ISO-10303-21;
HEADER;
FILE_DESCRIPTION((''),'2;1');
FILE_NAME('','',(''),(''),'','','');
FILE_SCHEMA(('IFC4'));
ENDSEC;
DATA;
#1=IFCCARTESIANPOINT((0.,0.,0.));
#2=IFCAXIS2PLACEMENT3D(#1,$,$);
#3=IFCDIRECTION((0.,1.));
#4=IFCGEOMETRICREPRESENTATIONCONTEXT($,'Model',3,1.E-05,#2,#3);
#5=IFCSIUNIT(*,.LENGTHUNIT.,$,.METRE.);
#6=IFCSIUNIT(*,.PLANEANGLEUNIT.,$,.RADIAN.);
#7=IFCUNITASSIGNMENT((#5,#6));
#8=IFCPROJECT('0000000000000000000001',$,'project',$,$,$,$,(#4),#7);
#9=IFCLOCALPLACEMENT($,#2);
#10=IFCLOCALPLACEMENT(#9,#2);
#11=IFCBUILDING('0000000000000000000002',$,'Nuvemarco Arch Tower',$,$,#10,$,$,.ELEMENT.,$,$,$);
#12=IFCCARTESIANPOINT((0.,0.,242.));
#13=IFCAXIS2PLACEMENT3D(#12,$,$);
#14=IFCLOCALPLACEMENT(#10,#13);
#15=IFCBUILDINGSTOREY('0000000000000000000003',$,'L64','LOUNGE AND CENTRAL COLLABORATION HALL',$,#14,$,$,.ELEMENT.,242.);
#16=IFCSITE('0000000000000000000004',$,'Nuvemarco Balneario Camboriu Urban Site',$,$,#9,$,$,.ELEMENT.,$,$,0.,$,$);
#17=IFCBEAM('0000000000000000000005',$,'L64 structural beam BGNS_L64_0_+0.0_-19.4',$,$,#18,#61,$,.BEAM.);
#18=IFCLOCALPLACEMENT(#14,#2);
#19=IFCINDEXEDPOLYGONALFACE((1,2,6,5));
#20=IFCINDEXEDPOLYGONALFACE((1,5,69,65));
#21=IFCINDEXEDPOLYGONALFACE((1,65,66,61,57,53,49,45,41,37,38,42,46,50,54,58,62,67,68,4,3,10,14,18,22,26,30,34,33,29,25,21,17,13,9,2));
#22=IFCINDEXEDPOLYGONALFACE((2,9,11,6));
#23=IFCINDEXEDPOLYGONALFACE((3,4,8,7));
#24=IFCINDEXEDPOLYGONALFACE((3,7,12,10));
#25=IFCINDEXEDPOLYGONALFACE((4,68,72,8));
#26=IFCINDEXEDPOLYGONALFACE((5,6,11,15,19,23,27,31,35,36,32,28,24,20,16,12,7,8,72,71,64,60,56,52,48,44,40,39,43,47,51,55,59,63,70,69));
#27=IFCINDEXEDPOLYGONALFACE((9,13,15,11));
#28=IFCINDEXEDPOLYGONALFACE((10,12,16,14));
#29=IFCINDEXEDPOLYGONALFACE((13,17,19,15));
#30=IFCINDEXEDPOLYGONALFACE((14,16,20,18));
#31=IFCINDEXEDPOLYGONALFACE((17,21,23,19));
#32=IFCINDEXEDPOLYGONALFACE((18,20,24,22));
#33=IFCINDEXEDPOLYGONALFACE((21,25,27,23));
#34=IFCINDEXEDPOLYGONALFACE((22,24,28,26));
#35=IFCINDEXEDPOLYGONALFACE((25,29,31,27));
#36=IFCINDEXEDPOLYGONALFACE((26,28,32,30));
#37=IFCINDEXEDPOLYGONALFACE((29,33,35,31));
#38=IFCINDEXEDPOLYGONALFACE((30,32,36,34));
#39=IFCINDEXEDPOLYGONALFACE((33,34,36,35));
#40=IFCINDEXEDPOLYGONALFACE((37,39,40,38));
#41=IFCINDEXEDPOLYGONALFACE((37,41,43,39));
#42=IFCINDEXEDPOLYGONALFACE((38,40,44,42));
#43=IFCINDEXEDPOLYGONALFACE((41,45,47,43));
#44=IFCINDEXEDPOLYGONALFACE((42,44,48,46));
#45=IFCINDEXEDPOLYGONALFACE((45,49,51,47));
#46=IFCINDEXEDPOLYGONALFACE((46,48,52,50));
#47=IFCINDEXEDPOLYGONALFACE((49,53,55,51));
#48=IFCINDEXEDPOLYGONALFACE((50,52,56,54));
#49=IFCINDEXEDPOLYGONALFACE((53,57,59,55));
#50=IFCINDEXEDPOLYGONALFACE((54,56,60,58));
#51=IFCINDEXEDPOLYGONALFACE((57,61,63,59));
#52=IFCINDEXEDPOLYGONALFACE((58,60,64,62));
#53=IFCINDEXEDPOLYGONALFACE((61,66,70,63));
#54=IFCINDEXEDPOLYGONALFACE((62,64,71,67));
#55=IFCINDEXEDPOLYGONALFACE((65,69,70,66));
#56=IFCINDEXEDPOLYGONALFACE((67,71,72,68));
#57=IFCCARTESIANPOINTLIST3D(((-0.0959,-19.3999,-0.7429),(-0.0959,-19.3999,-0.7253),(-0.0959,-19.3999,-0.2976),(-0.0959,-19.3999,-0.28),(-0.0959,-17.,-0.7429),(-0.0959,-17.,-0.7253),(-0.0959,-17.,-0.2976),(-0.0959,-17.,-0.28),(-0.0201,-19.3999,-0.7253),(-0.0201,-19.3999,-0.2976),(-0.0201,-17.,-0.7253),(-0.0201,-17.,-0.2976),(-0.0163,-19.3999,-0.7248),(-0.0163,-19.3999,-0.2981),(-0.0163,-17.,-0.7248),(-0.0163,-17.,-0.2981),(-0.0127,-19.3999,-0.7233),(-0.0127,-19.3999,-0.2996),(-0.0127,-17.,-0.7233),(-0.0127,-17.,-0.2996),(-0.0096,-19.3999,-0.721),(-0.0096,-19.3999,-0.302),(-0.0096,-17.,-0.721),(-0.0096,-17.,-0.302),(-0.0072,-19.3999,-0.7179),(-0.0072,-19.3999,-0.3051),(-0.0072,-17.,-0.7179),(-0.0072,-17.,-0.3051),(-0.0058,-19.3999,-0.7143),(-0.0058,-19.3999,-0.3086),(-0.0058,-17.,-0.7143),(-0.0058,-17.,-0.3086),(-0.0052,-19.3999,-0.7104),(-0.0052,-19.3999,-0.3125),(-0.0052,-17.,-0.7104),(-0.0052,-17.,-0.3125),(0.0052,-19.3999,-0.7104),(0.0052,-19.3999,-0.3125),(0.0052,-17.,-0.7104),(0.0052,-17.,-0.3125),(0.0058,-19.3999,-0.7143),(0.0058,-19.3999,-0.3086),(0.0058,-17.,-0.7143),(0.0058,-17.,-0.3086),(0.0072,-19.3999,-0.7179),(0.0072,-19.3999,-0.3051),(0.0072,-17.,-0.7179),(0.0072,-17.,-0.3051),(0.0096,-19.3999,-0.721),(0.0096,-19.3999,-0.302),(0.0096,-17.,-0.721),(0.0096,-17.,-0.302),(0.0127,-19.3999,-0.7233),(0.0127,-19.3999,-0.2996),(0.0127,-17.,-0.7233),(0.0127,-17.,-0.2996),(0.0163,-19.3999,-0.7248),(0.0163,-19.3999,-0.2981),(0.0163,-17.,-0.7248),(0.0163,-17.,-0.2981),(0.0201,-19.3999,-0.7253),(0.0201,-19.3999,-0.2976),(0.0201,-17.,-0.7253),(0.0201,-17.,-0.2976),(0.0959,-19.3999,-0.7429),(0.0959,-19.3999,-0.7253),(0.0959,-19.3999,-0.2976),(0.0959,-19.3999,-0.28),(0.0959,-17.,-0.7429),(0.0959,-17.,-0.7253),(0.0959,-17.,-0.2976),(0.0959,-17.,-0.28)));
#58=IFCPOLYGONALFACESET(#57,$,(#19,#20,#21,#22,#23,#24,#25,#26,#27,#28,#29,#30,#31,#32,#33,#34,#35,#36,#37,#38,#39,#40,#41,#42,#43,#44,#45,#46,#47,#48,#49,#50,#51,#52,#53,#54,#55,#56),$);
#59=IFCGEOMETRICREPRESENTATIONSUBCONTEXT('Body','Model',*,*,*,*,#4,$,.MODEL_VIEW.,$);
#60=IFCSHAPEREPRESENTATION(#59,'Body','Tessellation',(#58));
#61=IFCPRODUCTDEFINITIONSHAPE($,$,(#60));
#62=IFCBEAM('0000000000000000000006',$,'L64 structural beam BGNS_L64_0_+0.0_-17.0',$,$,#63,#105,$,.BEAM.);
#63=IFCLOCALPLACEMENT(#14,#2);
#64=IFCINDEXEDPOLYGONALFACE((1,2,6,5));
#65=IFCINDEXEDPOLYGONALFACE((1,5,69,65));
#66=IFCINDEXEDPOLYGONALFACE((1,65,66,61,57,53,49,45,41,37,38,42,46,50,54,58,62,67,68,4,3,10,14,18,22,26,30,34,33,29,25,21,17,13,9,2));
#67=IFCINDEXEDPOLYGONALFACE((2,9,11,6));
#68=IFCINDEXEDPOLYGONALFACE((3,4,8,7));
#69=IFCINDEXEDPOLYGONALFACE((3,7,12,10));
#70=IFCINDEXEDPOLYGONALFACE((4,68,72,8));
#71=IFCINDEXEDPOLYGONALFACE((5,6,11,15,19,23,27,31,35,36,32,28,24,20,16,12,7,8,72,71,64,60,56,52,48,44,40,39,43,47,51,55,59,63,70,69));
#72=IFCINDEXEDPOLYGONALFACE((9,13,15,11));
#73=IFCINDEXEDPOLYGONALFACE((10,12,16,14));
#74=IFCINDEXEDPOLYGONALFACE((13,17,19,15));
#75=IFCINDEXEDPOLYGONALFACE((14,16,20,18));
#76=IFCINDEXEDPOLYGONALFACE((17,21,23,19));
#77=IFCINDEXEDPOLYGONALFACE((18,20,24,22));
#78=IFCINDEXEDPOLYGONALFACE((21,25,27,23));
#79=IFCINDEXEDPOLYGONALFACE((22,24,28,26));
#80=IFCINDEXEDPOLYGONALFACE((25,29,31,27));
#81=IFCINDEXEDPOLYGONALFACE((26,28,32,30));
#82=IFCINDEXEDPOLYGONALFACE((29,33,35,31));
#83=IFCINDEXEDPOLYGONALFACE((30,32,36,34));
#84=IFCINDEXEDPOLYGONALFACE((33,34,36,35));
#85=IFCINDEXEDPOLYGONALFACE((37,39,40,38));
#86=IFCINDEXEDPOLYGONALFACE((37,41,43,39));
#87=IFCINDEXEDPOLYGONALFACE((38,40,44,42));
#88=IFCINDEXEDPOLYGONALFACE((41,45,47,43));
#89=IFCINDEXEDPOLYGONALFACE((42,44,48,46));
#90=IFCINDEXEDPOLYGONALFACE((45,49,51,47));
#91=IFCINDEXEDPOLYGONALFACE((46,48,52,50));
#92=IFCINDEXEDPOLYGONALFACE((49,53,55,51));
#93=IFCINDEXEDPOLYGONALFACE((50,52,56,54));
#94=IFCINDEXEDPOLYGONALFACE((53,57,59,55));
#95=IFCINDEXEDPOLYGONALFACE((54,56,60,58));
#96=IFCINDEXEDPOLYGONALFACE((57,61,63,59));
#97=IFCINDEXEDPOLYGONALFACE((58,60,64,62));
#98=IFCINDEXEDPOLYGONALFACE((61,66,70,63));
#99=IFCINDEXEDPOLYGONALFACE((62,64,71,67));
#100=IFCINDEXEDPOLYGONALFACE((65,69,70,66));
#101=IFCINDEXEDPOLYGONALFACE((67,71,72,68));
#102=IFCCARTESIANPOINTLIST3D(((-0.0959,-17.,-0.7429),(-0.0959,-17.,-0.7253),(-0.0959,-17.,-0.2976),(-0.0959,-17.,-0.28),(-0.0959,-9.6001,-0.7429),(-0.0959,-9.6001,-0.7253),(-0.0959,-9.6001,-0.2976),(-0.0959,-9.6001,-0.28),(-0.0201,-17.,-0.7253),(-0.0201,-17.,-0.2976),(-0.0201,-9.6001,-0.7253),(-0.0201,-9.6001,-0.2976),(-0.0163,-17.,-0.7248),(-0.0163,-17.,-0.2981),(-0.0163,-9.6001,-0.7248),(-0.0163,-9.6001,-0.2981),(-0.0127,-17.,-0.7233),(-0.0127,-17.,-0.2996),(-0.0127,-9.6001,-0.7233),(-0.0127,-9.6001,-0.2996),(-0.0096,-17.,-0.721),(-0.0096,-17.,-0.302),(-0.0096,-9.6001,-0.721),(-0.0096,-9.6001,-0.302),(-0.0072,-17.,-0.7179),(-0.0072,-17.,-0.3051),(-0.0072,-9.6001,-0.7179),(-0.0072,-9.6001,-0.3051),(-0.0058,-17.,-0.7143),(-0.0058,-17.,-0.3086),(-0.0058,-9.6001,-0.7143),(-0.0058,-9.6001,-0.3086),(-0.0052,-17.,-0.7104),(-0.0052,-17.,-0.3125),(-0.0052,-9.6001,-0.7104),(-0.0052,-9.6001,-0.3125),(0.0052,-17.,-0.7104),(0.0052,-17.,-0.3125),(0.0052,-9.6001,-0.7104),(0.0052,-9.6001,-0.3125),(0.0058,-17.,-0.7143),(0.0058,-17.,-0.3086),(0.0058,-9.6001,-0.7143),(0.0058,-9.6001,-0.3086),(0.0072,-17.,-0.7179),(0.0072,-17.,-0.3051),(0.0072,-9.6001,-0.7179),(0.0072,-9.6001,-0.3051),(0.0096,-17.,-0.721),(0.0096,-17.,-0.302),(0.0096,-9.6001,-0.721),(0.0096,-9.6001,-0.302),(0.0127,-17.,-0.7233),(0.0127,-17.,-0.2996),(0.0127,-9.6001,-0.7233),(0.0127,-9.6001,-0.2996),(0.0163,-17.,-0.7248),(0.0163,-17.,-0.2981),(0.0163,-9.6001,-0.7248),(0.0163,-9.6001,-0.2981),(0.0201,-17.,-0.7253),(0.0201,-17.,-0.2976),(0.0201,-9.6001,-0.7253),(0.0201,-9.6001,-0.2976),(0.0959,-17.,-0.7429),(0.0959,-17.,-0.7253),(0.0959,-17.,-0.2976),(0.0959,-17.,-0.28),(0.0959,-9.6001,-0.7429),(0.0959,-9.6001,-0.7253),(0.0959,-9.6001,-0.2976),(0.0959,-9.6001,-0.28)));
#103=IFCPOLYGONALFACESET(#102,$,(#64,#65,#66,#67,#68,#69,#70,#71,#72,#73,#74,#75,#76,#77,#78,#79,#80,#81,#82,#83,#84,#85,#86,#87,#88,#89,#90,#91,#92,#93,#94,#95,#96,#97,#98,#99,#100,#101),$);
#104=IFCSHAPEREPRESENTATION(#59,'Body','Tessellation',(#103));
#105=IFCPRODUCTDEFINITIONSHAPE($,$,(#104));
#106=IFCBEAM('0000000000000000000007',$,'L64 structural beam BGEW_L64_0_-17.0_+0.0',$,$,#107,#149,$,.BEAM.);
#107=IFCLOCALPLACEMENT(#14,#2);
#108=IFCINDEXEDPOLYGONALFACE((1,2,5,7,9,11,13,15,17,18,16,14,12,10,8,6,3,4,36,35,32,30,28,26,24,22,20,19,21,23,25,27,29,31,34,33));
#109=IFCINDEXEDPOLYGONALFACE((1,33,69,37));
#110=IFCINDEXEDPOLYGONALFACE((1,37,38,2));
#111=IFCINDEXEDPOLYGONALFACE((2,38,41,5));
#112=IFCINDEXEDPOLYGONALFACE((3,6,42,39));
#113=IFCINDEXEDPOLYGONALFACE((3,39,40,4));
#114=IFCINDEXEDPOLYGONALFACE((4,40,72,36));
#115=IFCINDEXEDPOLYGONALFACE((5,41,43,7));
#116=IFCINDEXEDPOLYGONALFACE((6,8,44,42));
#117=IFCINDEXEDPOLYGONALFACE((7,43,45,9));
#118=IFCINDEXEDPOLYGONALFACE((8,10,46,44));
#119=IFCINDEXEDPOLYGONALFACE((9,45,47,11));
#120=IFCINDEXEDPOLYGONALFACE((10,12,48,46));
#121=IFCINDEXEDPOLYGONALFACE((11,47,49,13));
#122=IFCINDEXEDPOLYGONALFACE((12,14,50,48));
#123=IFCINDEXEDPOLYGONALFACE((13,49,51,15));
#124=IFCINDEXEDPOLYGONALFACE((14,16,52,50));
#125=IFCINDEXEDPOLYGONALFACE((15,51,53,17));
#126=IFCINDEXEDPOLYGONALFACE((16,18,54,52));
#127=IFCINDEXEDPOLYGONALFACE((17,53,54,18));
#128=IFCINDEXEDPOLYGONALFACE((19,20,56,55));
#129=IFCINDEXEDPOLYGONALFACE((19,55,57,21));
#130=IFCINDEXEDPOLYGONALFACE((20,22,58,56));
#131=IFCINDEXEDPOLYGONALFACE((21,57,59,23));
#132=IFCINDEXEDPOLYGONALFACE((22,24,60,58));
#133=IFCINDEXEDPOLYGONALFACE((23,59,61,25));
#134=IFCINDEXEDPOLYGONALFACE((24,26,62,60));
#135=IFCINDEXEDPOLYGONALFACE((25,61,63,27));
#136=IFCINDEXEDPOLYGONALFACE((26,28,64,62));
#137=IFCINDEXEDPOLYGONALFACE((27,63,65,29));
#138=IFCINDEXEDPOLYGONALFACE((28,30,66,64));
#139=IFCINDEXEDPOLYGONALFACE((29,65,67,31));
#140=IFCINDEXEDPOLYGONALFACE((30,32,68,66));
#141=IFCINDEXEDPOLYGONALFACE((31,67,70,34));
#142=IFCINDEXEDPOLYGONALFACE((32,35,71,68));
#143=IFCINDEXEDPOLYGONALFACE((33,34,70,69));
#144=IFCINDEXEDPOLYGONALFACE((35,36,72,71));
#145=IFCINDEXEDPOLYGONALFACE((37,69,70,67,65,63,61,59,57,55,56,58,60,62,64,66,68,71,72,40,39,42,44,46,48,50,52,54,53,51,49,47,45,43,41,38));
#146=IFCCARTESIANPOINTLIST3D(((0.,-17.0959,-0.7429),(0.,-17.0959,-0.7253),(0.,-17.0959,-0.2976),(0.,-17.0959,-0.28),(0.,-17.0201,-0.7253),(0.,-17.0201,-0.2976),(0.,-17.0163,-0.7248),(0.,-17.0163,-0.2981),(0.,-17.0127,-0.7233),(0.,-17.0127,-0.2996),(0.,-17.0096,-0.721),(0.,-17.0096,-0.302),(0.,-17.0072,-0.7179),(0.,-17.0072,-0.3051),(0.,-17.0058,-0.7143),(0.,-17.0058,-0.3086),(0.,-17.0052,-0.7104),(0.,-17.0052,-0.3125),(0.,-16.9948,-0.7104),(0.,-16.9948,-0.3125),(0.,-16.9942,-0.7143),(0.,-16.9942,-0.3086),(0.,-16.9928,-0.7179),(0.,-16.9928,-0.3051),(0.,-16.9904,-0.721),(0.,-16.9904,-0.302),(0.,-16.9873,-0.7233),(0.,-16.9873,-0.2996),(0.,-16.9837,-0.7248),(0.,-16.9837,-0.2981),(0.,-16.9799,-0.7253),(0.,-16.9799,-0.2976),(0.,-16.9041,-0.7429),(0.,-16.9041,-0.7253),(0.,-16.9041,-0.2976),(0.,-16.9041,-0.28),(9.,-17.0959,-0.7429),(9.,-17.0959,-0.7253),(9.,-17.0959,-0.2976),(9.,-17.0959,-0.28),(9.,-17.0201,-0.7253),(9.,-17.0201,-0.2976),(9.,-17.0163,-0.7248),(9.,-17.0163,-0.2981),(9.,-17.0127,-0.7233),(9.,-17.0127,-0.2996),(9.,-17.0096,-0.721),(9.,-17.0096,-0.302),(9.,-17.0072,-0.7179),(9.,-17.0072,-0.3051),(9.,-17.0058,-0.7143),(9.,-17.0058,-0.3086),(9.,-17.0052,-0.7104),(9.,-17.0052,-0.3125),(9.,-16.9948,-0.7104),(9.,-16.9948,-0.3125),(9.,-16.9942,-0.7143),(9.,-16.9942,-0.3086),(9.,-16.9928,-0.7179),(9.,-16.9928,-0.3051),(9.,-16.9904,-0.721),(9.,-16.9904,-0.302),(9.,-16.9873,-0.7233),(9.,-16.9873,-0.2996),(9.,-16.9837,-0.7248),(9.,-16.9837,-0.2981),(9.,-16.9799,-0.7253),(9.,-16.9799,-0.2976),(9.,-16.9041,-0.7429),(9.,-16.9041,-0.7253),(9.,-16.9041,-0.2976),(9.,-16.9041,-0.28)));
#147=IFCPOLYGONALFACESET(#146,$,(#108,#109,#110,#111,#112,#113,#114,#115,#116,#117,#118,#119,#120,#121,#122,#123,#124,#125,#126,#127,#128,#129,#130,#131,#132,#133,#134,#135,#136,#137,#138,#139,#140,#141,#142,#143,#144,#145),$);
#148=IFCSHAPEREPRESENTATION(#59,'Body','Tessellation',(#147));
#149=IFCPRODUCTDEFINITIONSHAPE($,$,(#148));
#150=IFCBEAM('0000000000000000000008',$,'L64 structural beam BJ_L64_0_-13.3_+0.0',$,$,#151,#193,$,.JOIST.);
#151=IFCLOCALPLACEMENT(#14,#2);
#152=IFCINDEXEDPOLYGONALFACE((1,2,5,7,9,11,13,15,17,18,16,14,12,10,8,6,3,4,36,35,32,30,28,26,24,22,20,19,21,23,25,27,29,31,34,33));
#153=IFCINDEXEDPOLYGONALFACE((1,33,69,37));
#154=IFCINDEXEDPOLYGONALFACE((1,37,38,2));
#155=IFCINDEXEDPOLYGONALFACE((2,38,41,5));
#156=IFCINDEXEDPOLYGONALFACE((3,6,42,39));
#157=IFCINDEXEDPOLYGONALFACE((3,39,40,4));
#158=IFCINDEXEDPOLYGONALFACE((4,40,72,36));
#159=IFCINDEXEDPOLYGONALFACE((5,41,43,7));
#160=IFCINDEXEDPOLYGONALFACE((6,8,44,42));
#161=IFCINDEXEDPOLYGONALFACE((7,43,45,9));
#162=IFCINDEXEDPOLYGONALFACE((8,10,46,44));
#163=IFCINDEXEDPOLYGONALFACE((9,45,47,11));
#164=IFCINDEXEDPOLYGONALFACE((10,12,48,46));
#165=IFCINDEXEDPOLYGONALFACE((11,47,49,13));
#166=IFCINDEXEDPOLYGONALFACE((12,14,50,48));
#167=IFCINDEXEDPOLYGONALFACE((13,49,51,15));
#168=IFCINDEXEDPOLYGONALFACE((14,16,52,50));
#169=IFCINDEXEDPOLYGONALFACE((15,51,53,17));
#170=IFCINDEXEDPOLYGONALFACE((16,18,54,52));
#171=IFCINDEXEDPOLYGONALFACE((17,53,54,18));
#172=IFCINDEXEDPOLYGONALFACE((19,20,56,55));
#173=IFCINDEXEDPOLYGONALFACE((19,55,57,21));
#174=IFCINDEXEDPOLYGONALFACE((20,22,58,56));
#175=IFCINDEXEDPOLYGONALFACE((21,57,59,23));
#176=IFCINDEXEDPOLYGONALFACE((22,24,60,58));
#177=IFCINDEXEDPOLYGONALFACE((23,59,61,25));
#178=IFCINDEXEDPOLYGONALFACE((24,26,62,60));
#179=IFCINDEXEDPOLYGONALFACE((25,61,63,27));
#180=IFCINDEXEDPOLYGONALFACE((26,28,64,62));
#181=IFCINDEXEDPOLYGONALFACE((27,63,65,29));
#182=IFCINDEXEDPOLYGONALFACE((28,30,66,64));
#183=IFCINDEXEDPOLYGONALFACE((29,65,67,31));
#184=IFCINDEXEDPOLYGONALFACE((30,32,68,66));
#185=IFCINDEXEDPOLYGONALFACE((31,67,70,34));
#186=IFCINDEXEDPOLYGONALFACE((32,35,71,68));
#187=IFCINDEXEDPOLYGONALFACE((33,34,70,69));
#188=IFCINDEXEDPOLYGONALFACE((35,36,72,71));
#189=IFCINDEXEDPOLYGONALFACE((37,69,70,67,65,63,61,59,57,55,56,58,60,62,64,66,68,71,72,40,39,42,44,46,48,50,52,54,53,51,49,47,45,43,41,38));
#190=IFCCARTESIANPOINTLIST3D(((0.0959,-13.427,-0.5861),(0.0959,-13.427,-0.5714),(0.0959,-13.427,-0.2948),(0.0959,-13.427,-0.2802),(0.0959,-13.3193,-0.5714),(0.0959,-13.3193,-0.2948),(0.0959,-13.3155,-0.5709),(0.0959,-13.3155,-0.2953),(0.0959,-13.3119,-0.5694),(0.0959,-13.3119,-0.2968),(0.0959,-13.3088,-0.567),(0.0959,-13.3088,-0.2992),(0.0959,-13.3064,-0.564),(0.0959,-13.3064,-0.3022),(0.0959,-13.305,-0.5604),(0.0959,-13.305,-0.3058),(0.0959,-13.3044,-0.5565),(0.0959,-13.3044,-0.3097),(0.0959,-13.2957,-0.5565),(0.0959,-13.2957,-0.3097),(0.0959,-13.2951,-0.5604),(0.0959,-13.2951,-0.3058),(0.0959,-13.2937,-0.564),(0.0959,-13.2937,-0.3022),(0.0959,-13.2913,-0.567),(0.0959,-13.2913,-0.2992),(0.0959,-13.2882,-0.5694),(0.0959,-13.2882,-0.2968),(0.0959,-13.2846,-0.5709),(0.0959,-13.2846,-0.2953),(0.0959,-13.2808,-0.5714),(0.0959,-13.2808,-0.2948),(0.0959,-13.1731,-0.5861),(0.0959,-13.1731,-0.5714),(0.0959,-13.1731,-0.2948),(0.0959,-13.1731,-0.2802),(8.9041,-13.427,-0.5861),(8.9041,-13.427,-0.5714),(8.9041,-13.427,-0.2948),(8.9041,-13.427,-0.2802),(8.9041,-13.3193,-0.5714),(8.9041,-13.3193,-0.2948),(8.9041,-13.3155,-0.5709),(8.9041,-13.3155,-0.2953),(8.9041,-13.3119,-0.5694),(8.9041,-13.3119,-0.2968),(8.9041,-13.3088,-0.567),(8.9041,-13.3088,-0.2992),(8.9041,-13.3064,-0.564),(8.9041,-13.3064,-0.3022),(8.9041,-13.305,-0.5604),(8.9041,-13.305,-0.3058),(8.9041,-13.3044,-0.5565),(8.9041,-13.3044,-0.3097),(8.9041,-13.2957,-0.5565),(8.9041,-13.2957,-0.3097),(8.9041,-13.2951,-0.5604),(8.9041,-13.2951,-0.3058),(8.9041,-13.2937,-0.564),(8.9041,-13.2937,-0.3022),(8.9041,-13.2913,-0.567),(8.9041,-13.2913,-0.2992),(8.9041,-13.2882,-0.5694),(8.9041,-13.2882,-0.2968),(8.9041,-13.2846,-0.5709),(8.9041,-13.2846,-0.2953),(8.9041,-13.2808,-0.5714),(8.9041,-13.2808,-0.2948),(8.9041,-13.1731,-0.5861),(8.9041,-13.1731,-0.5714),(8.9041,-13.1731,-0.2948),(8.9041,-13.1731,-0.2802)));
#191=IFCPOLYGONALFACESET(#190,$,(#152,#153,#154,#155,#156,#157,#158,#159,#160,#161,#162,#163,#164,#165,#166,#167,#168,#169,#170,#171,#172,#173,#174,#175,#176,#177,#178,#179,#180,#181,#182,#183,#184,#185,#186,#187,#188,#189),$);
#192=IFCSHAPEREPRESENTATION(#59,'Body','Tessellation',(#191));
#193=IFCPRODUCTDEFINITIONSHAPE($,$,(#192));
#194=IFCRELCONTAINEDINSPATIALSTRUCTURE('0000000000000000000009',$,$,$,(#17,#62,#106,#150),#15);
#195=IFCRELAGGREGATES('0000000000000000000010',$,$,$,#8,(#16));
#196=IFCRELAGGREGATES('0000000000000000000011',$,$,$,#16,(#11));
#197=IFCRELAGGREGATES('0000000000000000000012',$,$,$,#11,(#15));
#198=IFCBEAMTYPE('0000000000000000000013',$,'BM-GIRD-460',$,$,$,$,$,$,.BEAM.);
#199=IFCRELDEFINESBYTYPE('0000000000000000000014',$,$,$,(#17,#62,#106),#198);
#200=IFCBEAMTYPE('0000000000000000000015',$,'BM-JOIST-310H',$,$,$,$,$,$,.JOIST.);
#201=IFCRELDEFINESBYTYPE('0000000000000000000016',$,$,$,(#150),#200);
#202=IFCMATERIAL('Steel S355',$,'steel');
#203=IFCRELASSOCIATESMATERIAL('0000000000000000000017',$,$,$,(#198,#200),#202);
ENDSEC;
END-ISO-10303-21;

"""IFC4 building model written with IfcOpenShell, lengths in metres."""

from ifc_helpers import new_model, si_unit, direction, frame, origin, origin_2d, place, context, subcontext, project, spatial, i_section, extrude, material, material_profile, profile_set, type_object, element, save


model = new_model("IFC4")

# Units and contexts
model_context = context("Model", 3, precision=1e-05, world=origin(), true_north=direction((0.0, 1.0)))
body_context = subcontext(model_context, "Body", "Model", "MODEL_VIEW")
ifc_project = project(units=[si_unit("LENGTHUNIT", "METRE"), si_unit("PLANEANGLEUNIT", "RADIAN")], contexts=[model_context])

# Site, building, storey
site_placement = place(None, origin())
site = spatial("IfcSite", under=ifc_project, at=site_placement, Name="Nuvemarco Balneario Camboriu Urban Site", CompositionType="ELEMENT", RefElevation=0.0)
building_placement = place(site_placement, origin())
building = spatial("IfcBuilding", under=site, at=building_placement, Name="Nuvemarco Arch Tower", CompositionType="ELEMENT")
storey_placement = place(building_placement, frame((0.0, 0.0, 242.0)))
storey = spatial("IfcBuildingStorey", under=building, at=storey_placement, Name="L64", Description="LOUNGE AND CENTRAL COLLABORATION HALL", CompositionType="ELEMENT", Elevation=242.0)

# Shared definitions
ifc_material_1 = material(Name="Steel S355", Category="steel")

# Beams
ifc_material_profile_1 = material_profile(ifc_material_1, i_section(OverallWidth=0.1919, OverallDepth=0.4629, WebThickness=0.0105, FlangeThickness=0.0176, FilletRadius=0.0149, at=origin_2d()), Name="W460x89")
ifc_profile_set_1 = profile_set([ifc_material_profile_1], Name="Steel S355")
beam_type_1 = type_object("IfcBeamType", Name="BM-GIRD-460", PredefinedType="BEAM", material=ifc_profile_set_1)
beam_1_placement = place(storey_placement, frame((0.0, -19.3999, -0.5115), z_axis=(0.0, 1.0, 0.0), x_axis=(-1.0, 0.0, 0.0)))
element("IfcBeam", 1, at=beam_1_placement, inside=storey, type_object=beam_type_1, Name="L64 structural beam BGNS_L64_0_+0.0_-19.4", PredefinedType="BEAM", context=body_context, shape_type="SweptSolid", body=[
    extrude(i_section(OverallWidth=0.1919, OverallDepth=0.4629, WebThickness=0.0105, FlangeThickness=0.0176, FilletRadius=0.0149, at=origin_2d()), origin(), (0.0, 0.0, 1.0), 2.3999),
])
beam_2_placement = place(storey_placement, frame((0.0, -17.0, -0.5115), z_axis=(0.0, 1.0, 0.0), x_axis=(-1.0, 0.0, 0.0)))
element("IfcBeam", 2, at=beam_2_placement, inside=storey, type_object=beam_type_1, Name="L64 structural beam BGNS_L64_0_+0.0_-17.0", PredefinedType="BEAM", context=body_context, shape_type="SweptSolid", body=[
    extrude(i_section(OverallWidth=0.1919, OverallDepth=0.4629, WebThickness=0.0105, FlangeThickness=0.0176, FilletRadius=0.0149, at=origin_2d()), origin(), (0.0, 0.0, 1.0), 7.3999),
])
beam_3_placement = place(storey_placement, frame((0.0, -17.0, -0.5115), z_axis=(1.0, 0.0, 0.0), x_axis=(0.0, 1.0, 0.0)))
element("IfcBeam", 3, at=beam_3_placement, inside=storey, type_object=beam_type_1, Name="L64 structural beam BGEW_L64_0_-17.0_+0.0", PredefinedType="BEAM", context=body_context, shape_type="SweptSolid", body=[
    extrude(i_section(OverallWidth=0.1919, OverallDepth=0.4629, WebThickness=0.0105, FlangeThickness=0.0176, FilletRadius=0.0149, at=origin_2d()), origin(), (0.0, 0.0, 1.0), 9.0),
])
ifc_material_profile_2 = material_profile(ifc_material_1, i_section(OverallWidth=0.2539, OverallDepth=0.3059, WebThickness=0.0088, FlangeThickness=0.0146, FilletRadius=0.0149, at=origin_2d()), Name="W310x79")
ifc_profile_set_2 = profile_set([ifc_material_profile_2], Name="Steel S355")
beam_type_2 = type_object("IfcBeamType", Name="BM-JOIST-310H", PredefinedType="JOIST", material=ifc_profile_set_2)
beam_4_placement = place(storey_placement, frame((0.0959, -13.3, -0.4331), z_axis=(1.0, 0.0, 0.0), x_axis=(0.0, 1.0, 0.0)))
element("IfcBeam", 4, at=beam_4_placement, inside=storey, type_object=beam_type_2, Name="L64 structural beam BJ_L64_0_-13.3_+0.0", PredefinedType="JOIST", context=body_context, shape_type="SweptSolid", body=[
    extrude(i_section(OverallWidth=0.2539, OverallDepth=0.3059, WebThickness=0.0088, FlangeThickness=0.0146, FilletRadius=0.0149, at=origin_2d()), origin(), (0.0, 0.0, 1.0), 8.8081),
])

save(model, "model.ifc")
